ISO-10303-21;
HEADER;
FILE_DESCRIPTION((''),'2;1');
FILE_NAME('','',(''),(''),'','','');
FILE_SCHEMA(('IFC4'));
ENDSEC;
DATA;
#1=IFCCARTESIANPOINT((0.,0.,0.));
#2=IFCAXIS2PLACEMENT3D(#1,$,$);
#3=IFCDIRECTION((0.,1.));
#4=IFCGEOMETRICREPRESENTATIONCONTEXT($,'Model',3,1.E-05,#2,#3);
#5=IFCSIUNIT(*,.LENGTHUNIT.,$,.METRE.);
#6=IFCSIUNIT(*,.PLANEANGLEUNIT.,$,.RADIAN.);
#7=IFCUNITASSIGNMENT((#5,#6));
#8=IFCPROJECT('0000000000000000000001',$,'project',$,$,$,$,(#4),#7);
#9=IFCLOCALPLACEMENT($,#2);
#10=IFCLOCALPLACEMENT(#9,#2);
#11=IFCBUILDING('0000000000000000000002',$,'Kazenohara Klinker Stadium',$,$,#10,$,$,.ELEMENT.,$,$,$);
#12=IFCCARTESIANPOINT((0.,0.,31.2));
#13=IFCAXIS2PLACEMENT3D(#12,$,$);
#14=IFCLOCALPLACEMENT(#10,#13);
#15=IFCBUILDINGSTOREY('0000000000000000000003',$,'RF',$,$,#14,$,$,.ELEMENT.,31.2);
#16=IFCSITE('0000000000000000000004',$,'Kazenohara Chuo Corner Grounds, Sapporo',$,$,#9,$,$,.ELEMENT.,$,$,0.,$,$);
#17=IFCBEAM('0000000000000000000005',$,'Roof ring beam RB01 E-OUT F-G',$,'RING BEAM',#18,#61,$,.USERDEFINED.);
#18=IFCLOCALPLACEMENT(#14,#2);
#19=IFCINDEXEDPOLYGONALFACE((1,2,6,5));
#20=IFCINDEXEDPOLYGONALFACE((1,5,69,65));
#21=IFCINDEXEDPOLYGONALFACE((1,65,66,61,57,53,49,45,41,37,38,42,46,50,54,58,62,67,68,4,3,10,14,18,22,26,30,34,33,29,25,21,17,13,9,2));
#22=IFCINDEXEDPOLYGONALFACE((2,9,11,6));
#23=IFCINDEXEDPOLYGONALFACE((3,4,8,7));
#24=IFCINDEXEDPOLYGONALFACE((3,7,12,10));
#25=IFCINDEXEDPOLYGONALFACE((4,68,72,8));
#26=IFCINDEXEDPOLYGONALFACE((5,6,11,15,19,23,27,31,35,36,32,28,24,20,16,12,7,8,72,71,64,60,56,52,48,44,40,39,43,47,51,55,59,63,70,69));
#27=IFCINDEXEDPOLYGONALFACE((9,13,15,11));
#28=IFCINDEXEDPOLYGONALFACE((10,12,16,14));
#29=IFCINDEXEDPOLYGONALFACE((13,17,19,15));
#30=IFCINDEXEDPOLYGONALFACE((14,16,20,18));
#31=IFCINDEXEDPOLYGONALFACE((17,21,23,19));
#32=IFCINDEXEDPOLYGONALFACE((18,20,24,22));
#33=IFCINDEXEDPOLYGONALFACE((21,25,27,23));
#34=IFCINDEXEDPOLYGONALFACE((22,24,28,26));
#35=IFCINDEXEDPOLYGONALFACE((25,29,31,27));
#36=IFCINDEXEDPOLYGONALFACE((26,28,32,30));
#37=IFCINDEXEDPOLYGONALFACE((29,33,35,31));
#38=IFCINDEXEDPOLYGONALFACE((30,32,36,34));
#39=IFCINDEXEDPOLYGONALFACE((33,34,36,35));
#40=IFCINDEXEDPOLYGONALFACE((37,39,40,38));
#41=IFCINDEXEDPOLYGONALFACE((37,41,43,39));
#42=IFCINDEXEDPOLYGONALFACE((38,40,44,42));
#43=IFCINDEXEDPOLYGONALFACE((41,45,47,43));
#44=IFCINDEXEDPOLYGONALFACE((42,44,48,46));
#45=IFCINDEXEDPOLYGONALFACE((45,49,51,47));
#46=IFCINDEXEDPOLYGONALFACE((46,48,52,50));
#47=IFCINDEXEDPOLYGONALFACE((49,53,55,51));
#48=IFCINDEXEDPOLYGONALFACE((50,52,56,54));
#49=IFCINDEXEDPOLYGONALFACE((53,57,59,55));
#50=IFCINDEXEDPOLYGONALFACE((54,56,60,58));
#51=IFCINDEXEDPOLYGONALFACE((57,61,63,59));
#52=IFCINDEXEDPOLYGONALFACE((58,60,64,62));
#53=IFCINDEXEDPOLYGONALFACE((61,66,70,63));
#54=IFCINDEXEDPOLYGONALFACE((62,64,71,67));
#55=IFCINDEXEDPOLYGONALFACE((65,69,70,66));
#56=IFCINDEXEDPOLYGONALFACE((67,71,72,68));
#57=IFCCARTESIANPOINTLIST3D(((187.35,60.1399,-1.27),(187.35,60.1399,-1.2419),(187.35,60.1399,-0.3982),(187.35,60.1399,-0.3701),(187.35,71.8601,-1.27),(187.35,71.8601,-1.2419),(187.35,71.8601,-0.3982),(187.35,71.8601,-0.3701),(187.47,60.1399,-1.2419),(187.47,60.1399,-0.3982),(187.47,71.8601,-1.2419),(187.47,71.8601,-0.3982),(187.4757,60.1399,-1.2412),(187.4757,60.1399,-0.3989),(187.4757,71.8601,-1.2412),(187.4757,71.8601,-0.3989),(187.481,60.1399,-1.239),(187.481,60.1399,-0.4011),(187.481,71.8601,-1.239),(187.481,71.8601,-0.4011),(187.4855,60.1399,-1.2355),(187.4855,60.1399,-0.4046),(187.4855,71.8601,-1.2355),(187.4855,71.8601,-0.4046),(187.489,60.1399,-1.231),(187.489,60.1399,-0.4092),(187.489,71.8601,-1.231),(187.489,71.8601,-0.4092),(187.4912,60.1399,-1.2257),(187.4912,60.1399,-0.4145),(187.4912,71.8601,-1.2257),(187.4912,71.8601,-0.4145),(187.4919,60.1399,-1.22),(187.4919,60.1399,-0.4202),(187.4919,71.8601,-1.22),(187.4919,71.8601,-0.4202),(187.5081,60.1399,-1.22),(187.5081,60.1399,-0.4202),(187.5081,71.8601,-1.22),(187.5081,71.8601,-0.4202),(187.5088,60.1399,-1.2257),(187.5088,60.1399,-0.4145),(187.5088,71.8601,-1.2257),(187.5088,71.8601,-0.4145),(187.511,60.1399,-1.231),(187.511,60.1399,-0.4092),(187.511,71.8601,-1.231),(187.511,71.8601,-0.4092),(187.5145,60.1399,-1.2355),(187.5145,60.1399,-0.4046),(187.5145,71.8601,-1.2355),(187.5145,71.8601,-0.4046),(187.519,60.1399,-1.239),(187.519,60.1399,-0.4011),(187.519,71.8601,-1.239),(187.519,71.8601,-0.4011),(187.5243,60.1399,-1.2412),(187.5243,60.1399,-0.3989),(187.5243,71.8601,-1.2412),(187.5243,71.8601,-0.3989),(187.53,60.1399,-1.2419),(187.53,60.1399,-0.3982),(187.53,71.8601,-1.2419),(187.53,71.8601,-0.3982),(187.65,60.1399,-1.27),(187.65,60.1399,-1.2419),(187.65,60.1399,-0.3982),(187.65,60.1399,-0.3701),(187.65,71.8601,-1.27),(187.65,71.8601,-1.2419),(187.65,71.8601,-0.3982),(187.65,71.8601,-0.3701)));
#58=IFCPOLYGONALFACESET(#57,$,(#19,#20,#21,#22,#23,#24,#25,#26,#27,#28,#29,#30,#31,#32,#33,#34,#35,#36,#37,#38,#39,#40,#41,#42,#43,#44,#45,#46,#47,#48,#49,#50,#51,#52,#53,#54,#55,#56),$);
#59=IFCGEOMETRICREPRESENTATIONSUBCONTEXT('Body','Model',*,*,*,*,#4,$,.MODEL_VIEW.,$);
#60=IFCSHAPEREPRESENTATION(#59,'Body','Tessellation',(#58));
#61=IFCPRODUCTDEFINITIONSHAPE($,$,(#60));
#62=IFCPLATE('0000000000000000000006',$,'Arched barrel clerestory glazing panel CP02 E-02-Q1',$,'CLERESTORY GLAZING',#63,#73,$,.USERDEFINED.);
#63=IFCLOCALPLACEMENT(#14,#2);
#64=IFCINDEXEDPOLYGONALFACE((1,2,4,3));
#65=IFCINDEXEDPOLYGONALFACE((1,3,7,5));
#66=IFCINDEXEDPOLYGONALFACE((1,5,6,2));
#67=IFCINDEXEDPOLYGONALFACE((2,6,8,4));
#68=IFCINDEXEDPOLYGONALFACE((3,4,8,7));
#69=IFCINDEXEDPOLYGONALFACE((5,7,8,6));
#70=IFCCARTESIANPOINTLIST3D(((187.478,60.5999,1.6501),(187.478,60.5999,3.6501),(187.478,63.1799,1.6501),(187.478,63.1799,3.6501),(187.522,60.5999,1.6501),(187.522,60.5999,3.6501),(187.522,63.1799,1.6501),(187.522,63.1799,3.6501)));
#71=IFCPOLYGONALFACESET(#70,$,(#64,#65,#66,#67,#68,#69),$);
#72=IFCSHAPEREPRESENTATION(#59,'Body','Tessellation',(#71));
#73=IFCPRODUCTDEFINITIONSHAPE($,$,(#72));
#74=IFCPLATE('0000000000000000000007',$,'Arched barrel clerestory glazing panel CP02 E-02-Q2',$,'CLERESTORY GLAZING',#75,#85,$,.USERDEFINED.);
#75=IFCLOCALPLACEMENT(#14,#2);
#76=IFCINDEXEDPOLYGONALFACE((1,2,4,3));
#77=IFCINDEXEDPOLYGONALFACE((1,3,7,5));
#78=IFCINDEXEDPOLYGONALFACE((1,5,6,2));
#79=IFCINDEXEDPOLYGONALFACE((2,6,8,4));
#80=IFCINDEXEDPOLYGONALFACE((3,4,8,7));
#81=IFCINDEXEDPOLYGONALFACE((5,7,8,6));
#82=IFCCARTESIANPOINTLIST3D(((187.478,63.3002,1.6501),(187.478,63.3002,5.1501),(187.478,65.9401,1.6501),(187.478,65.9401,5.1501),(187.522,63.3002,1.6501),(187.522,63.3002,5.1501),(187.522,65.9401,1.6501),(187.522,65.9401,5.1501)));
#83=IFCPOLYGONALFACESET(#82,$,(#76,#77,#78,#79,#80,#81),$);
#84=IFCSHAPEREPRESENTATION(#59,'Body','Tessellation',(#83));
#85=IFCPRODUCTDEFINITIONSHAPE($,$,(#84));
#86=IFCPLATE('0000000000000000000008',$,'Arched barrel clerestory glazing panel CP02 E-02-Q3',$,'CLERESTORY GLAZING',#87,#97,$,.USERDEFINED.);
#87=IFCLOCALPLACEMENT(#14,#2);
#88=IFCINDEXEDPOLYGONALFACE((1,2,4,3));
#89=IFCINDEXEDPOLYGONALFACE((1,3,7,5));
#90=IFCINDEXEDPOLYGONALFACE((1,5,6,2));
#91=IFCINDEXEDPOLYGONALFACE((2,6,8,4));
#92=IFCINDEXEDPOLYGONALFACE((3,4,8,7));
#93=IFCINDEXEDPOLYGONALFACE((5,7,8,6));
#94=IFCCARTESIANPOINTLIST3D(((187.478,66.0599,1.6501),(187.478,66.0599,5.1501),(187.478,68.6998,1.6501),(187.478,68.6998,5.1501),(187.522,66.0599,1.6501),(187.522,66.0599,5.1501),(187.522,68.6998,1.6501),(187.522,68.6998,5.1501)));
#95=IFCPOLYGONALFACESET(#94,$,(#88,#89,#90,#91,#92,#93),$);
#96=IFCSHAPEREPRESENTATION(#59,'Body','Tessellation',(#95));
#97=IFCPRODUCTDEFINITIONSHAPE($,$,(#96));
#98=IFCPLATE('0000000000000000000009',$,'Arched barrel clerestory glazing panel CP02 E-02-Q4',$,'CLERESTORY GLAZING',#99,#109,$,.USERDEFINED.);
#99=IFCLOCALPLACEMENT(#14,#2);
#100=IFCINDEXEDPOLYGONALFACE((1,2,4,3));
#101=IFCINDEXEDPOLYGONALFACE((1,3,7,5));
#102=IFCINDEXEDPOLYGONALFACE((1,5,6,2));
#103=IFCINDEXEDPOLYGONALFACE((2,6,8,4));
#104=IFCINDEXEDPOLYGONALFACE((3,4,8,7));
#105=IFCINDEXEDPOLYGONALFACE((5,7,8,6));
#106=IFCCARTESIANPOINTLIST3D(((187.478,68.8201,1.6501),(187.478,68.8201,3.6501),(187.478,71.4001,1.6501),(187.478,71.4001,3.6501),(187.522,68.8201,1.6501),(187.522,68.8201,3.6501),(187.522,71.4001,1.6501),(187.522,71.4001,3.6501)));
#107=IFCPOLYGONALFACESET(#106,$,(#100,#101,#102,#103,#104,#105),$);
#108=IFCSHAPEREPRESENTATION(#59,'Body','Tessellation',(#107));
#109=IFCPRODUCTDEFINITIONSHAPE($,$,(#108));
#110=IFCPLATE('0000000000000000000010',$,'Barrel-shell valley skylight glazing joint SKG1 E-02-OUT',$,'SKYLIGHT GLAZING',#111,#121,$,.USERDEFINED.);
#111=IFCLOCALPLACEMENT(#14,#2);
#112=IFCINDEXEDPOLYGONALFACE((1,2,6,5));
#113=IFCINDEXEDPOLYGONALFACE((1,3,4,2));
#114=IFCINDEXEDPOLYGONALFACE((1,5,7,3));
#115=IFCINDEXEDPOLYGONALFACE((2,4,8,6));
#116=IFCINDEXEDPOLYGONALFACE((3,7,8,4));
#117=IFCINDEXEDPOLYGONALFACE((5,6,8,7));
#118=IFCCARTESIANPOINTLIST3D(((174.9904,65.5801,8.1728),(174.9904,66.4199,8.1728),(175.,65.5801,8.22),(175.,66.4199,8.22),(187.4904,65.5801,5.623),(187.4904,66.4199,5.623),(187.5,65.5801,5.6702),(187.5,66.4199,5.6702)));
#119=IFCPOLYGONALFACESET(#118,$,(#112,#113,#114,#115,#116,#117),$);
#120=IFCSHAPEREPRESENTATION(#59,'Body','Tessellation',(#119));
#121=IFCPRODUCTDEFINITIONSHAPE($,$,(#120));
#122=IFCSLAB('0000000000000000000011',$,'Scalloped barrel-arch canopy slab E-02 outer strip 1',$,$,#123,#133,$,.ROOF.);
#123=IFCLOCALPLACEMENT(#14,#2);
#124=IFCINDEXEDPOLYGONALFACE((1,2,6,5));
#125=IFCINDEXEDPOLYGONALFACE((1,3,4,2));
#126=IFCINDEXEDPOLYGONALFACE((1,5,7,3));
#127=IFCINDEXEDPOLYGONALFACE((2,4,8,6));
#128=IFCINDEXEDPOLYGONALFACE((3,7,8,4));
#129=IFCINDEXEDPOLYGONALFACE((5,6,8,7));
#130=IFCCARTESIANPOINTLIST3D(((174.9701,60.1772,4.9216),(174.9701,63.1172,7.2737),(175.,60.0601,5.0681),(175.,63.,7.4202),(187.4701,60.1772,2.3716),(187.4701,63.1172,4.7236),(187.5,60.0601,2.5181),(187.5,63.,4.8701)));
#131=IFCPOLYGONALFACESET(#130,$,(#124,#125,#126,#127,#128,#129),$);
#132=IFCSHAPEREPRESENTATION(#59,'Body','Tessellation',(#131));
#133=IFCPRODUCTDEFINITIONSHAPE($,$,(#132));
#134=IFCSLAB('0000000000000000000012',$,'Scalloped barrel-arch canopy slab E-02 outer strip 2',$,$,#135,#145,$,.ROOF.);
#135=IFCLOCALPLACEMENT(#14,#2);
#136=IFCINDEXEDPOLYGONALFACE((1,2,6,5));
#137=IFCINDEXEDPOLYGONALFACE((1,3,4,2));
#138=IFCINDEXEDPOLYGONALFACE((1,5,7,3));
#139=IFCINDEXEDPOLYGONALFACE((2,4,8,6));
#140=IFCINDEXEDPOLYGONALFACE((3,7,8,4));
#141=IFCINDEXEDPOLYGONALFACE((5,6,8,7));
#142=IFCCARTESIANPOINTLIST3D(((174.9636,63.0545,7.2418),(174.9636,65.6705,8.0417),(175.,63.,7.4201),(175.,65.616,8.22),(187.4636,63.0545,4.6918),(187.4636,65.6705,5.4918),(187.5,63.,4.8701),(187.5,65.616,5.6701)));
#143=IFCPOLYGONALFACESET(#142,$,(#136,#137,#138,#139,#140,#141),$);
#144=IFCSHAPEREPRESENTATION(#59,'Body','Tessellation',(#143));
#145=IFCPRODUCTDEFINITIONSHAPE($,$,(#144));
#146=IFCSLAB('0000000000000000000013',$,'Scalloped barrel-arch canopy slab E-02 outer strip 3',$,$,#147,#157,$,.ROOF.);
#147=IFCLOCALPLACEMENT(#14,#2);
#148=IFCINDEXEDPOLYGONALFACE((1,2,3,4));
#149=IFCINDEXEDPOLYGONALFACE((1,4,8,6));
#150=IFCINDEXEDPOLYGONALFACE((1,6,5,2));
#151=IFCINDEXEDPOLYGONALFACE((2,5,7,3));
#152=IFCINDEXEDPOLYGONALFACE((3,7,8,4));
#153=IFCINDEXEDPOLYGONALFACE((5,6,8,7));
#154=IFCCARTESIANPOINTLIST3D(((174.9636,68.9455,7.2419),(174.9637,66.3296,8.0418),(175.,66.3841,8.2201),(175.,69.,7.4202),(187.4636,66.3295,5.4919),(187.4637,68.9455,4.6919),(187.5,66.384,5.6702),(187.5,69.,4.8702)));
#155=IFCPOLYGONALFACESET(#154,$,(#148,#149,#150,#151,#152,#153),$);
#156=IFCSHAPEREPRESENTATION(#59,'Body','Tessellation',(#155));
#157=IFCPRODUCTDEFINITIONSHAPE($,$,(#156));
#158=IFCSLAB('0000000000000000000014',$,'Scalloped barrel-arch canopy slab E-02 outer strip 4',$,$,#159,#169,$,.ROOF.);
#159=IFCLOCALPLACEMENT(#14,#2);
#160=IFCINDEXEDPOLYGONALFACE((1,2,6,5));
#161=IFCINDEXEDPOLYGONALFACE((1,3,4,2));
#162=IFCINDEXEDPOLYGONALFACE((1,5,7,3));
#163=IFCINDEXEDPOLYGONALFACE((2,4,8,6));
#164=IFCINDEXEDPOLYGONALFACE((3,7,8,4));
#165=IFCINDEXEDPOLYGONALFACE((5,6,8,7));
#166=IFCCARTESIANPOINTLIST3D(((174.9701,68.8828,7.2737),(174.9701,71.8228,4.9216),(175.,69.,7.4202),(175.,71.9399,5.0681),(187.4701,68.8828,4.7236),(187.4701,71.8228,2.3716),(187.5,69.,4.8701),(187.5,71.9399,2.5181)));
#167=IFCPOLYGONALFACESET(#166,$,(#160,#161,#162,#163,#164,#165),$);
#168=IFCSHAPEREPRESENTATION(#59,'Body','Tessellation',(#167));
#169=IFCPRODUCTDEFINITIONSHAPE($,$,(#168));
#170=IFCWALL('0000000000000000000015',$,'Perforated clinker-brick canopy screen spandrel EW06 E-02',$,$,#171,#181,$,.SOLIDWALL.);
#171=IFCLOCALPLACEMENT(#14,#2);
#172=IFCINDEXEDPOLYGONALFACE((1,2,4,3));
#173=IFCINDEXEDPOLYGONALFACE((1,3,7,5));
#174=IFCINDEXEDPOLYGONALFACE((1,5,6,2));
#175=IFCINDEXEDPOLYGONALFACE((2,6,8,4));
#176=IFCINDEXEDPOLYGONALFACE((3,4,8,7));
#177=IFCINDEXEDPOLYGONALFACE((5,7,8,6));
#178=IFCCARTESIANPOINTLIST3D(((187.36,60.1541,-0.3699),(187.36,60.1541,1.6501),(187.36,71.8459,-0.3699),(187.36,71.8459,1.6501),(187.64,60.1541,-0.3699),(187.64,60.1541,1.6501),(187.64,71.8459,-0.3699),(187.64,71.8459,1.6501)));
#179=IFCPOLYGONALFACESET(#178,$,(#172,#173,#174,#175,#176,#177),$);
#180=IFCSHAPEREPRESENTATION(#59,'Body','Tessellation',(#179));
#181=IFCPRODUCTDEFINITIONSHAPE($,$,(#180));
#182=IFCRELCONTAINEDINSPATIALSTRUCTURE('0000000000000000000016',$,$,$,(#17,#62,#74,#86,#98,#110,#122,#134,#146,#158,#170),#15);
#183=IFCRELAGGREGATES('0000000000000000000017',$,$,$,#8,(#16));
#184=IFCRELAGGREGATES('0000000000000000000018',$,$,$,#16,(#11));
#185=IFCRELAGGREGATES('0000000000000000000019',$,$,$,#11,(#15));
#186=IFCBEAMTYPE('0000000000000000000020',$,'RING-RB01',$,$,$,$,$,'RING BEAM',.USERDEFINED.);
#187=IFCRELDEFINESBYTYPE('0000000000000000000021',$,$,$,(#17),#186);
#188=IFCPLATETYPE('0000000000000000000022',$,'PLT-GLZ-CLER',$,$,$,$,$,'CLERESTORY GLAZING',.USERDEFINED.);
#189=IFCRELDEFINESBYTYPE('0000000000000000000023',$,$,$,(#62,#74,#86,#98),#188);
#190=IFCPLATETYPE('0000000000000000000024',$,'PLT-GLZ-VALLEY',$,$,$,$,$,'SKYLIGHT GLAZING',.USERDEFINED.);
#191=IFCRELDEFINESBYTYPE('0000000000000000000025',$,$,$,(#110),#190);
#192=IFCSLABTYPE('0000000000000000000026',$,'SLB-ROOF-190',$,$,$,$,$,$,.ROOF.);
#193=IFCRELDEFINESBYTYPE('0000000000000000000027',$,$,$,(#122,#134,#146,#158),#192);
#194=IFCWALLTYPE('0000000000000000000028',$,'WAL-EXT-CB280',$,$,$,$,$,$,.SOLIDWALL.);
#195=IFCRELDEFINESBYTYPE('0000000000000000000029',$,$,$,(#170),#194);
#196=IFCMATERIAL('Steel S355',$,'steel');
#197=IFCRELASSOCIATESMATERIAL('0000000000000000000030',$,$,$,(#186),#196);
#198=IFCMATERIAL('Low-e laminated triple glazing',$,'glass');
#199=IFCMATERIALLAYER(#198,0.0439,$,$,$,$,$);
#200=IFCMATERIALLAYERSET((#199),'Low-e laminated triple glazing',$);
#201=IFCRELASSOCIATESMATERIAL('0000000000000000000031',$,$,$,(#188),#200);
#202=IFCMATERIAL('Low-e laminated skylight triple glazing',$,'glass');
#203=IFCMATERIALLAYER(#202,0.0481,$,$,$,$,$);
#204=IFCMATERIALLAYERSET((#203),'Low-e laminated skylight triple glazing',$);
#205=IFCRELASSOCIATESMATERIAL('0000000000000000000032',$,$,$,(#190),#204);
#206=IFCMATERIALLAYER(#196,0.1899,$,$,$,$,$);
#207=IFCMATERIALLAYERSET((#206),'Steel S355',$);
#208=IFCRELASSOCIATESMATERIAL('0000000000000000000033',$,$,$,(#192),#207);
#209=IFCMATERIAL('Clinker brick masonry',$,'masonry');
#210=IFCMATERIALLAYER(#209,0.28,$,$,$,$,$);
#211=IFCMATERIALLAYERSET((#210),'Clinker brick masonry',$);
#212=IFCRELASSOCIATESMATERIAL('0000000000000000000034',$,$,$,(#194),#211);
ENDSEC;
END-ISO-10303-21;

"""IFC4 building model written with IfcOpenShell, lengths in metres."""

from ifc_helpers import new_model, si_unit, direction, frame, frame_2d, origin, origin_2d, place, context, subcontext, project, spatial, polyline, rectangle, i_section, outline, extrude, material, layer, layer_set, material_profile, profile_set, type_object, element, save


model = new_model("IFC4")

# Units and contexts
model_context = context("Model", 3, precision=1e-05, world=origin(), true_north=direction((0.0, 1.0)))
body_context = subcontext(model_context, "Body", "Model", "MODEL_VIEW")
ifc_project = project(units=[si_unit("LENGTHUNIT", "METRE"), si_unit("PLANEANGLEUNIT", "RADIAN")], contexts=[model_context])

# Site, building, storey
site_placement = place(None, origin())
site = spatial("IfcSite", under=ifc_project, at=site_placement, Name="Kazenohara Chuo Corner Grounds, Sapporo", CompositionType="ELEMENT", RefElevation=0.0)
building_placement = place(site_placement, origin())
building = spatial("IfcBuilding", under=site, at=building_placement, Name="Kazenohara Klinker Stadium", CompositionType="ELEMENT")
storey_placement = place(building_placement, frame((0.0, 0.0, 31.2)))
storey = spatial("IfcBuildingStorey", under=building, at=storey_placement, Name="RF", CompositionType="ELEMENT", Elevation=31.2)

# Shared definitions
ifc_material_1 = material(Name="Steel S355", Category="steel")

# Beam
ifc_material_profile_1 = material_profile(ifc_material_1, i_section(OverallWidth=0.3, OverallDepth=0.8999, WebThickness=0.0161, FlangeThickness=0.0281, FilletRadius=0.022, at=origin_2d()), Name="H-900x300x16x28")
ifc_profile_set_1 = profile_set([ifc_material_profile_1], Name="Steel S355")
beam_type = type_object("IfcBeamType", Name="RING-RB01", ElementType="RING BEAM", PredefinedType="USERDEFINED", material=ifc_profile_set_1)
beam_placement = place(storey_placement, frame((187.5, 60.1399, -0.8201), z_axis=(0.0, 1.0, 0.0), x_axis=(-1.0, 0.0, 0.0)))
element("IfcBeam", 1, at=beam_placement, inside=storey, type_object=beam_type, Name="Roof ring beam RB01 E-OUT F-G", ObjectType="RING BEAM", PredefinedType="USERDEFINED", context=body_context, shape_type="SweptSolid", body=[
    extrude(i_section(OverallWidth=0.3, OverallDepth=0.8999, WebThickness=0.0161, FlangeThickness=0.0281, FilletRadius=0.022, at=origin_2d()), origin(), (0.0, 0.0, 1.0), 11.7202),
])

# Plates
ifc_material_2 = material(Name="Low-e laminated triple glazing", Category="glass")
ifc_layer_1 = layer(ifc_material_2, 0.0439)
ifc_layer_set_1 = layer_set([ifc_layer_1], Name="Low-e laminated triple glazing")
plate_type_1 = type_object("IfcPlateType", Name="PLT-GLZ-CLER", ElementType="CLERESTORY GLAZING", PredefinedType="USERDEFINED", material=ifc_layer_set_1)
plate_1_placement = place(storey_placement, frame((187.5, 61.8899, 1.6501), z_axis=(0.0, 0.0, 1.0), x_axis=(1.0, 0.0, 0.0)))
element("IfcPlate", 2, at=plate_1_placement, inside=storey, type_object=plate_type_1, Name="Arched barrel clerestory glazing panel CP02 E-02-Q1", ObjectType="CLERESTORY GLAZING", PredefinedType="USERDEFINED", context=body_context, shape_type="SweptSolid", body=[
    extrude(rectangle(XDim=0.0439, YDim=2.5801, at=origin_2d()), origin(), (0.0, 0.0, 1.0), 2.0),
])
for number, where, z_axis, x_axis, name in (
    (3, (187.5, 64.6201, 1.6501), (0.0, 0.0, 1.0), (1.0, 0.0, 0.0), "Arched barrel clerestory glazing panel CP02 E-02-Q2"),
    (4, (187.5, 67.3799, 1.6501), (0.0, 0.0, 1.0), (1.0, 0.0, 0.0), "Arched barrel clerestory glazing panel CP02 E-02-Q3"),
):
    element("IfcPlate", number, at=place(storey_placement, frame(where, z_axis=z_axis, x_axis=x_axis)), inside=storey, type_object=plate_type_1, Name=name, ObjectType="CLERESTORY GLAZING", PredefinedType="USERDEFINED", context=body_context, shape_type="SweptSolid", body=[
        extrude(rectangle(XDim=0.0439, YDim=2.6399, at=origin_2d()), origin(), (0.0, 0.0, 1.0), 3.5),
    ])
plate_2_placement = place(storey_placement, frame((187.5, 70.1101, 1.6501), z_axis=(0.0, 0.0, 1.0), x_axis=(1.0, 0.0, 0.0)))
element("IfcPlate", 5, at=plate_2_placement, inside=storey, type_object=plate_type_1, Name="Arched barrel clerestory glazing panel CP02 E-02-Q4", ObjectType="CLERESTORY GLAZING", PredefinedType="USERDEFINED", context=body_context, shape_type="SweptSolid", body=[
    extrude(rectangle(XDim=0.0439, YDim=2.5801, at=origin_2d()), origin(), (0.0, 0.0, 1.0), 2.0),
])
ifc_material_3 = material(Name="Low-e laminated skylight triple glazing", Category="glass")
ifc_layer_2 = layer(ifc_material_3, 0.0481)
ifc_layer_set_2 = layer_set([ifc_layer_2], Name="Low-e laminated skylight triple glazing")
plate_type_2 = type_object("IfcPlateType", Name="PLT-GLZ-VALLEY", ElementType="SKYLIGHT GLAZING", PredefinedType="USERDEFINED", material=ifc_layer_set_2)
plate_3_placement = place(storey_placement, frame((187.5, 65.5801, 5.6702), z_axis=(0.199869, 0.0, 0.979823), x_axis=(-0.979823, 0.0, 0.199869)))
element("IfcPlate", 6, at=plate_3_placement, inside=storey, type_object=plate_type_2, Name="Barrel-shell valley skylight glazing joint SKG1 E-02-OUT", ObjectType="SKYLIGHT GLAZING", PredefinedType="USERDEFINED", context=body_context, shape_type="SweptSolid", body=[
    extrude(outline(polyline([(0.0, 0.0), (12.7574, 0.0), (12.7574, -0.8398), (0.0, -0.8398), (0.0, 0.0)])), origin(), (0.0, 0.0, -1.0), 0.0481),
])

# Slabs
ifc_layer_3 = layer(ifc_material_1, 0.1899)
ifc_layer_set_3 = layer_set([ifc_layer_3], Name="Steel S355")
slab_type = type_object("IfcSlabType", Name="SLB-ROOF-190", PredefinedType="ROOF", material=ifc_layer_set_3)
slab_1_placement = place(storey_placement, frame((187.5, 60.0601, 2.5181), z_axis=(0.157314, -0.616932, 0.771133), x_axis=(-0.979819, 0.0, 0.199887)))
element("IfcSlab", 7, at=slab_1_placement, inside=storey, type_object=slab_type, Name="Scalloped barrel-arch canopy slab E-02 outer strip 1", PredefinedType="ROOF", context=body_context, shape_type="SweptSolid", body=[
    extrude(outline(polyline([(0.0, 0.0), (12.7575, 0.0), (13.2276, -3.7356), (0.4701, -3.7356), (0.0, 0.0)])), origin(), (0.0, 0.0, -1.0), 0.1899),
])
slab_2_placement = place(storey_placement, frame((187.5, 63.0, 4.8701), z_axis=(0.191468, -0.28701, 0.938597), x_axis=(-0.979821, 0.000003, 0.199878)))
element("IfcSlab", 8, at=slab_2_placement, inside=storey, type_object=slab_type, Name="Scalloped barrel-arch canopy slab E-02 outer strip 2", PredefinedType="ROOF", context=body_context, shape_type="SweptSolid", body=[
    extrude(outline(polyline([(0.0, 0.0), (12.7575, 0.0), (12.9173, -2.7308), (0.1599, -2.7309), (0.0, 0.0)])), origin(), (0.0, 0.0, -1.0), 0.1899),
])
slab_3_placement = place(storey_placement, frame((187.5, 66.384, 5.6702), z_axis=(0.191468, 0.28701, 0.938597), x_axis=(-0.979821, 0.000003, 0.199877)))
element("IfcSlab", 9, at=slab_3_placement, inside=storey, type_object=slab_type, Name="Scalloped barrel-arch canopy slab E-02 outer strip 3", PredefinedType="ROOF", context=body_context, shape_type="SweptSolid", body=[
    extrude(outline(polyline([(0.0, 0.0), (12.7574, 0.0), (12.5976, -2.7308), (-0.1599, -2.7309), (0.0, 0.0)])), origin(), (0.0, 0.0, -1.0), 0.1899),
])
slab_4_placement = place(storey_placement, frame((187.5, 69.0, 4.8701), z_axis=(0.157314, 0.616932, 0.771133), x_axis=(-0.979819, 0.0, 0.199887)))
element("IfcSlab", 10, at=slab_4_placement, inside=storey, type_object=slab_type, Name="Scalloped barrel-arch canopy slab E-02 outer strip 4", PredefinedType="ROOF", context=body_context, shape_type="SweptSolid", body=[
    extrude(outline(polyline([(0.0, 0.0), (12.7575, 0.0), (12.2873, -3.7356), (-0.4701, -3.7356), (0.0, 0.0)])), origin(), (0.0, 0.0, -1.0), 0.1899),
])

# Wall
ifc_material_4 = material(Name="Clinker brick masonry", Category="masonry")
ifc_layer_4 = layer(ifc_material_4, 0.28)
ifc_layer_set_4 = layer_set([ifc_layer_4], Name="Clinker brick masonry")
wall_type = type_object("IfcWallType", Name="WAL-EXT-CB280", PredefinedType="SOLIDWALL", material=ifc_layer_set_4)
wall_placement = place(storey_placement, frame((187.5, 60.1541, -0.3699), z_axis=(0.0, 0.0, 1.0), x_axis=(0.0, 1.0, 0.0)))
element("IfcWall", 11, at=wall_placement, inside=storey, type_object=wall_type, Name="Perforated clinker-brick canopy screen spandrel EW06 E-02", PredefinedType="SOLIDWALL", context=body_context, shape_type="SweptSolid", body=[
    extrude(rectangle(XDim=11.6919, YDim=0.28, at=frame_2d((5.8459, 0.0))), origin(), (0.0, 0.0, 1.0), 2.02),
])

save(model, "model.ifc")
